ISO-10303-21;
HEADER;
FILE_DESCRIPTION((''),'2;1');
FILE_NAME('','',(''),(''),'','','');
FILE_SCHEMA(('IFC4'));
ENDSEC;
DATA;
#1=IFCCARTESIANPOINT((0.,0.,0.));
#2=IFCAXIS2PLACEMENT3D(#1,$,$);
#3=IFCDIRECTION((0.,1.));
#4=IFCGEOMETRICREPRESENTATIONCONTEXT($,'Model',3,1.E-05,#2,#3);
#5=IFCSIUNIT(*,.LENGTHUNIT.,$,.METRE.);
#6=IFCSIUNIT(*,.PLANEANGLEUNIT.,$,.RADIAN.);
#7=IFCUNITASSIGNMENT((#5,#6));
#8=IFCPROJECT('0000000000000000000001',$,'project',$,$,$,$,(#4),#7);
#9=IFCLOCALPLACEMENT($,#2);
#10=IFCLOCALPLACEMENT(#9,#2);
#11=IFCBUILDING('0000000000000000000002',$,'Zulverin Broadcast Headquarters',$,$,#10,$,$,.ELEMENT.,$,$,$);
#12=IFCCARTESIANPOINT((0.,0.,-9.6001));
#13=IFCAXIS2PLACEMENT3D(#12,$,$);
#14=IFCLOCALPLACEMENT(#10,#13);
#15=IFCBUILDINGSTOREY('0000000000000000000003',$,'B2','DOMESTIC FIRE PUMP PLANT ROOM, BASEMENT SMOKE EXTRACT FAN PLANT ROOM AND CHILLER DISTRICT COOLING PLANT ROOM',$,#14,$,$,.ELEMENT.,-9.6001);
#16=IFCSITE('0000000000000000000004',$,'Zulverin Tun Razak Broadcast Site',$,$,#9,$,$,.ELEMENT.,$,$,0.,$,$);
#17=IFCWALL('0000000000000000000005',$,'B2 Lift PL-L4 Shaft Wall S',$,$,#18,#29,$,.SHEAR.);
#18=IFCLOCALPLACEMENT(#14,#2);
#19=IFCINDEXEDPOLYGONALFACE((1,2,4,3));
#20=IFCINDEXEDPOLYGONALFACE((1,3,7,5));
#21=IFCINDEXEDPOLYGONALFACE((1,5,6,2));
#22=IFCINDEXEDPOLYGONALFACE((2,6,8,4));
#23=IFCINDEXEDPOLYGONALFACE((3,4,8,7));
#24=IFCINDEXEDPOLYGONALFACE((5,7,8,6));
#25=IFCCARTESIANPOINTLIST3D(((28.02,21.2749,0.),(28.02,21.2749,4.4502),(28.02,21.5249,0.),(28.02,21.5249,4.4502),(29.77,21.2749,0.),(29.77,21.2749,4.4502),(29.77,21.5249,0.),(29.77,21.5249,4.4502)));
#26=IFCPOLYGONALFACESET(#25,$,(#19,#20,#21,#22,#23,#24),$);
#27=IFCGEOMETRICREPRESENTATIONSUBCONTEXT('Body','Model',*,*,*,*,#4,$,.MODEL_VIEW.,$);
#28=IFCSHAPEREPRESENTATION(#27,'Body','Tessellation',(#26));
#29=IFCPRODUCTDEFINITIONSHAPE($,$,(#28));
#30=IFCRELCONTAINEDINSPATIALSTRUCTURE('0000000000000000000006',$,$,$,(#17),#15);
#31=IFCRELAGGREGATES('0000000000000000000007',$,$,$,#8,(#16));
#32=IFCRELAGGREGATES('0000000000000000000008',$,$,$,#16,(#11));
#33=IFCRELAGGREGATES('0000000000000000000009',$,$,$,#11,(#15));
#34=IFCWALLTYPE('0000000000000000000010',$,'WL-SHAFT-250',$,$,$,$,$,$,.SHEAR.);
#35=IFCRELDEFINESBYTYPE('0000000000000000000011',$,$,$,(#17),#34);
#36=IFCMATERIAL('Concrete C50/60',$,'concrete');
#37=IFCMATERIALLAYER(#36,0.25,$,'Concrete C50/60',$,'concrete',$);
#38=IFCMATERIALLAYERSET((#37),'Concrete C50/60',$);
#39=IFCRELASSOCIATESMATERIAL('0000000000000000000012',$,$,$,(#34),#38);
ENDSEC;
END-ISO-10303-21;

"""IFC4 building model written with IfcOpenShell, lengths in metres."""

from ifc_helpers import new_model, si_unit, direction, frame, frame_2d, origin, place, context, subcontext, project, spatial, rectangle, extrude, material, layer, layer_set, type_object, element, save


model = new_model("IFC4")

# Units and contexts
model_context = context("Model", 3, precision=1e-05, world=origin(), true_north=direction((0.0, 1.0)))
body_context = subcontext(model_context, "Body", "Model", "MODEL_VIEW")
ifc_project = project(units=[si_unit("LENGTHUNIT", "METRE"), si_unit("PLANEANGLEUNIT", "RADIAN")], contexts=[model_context])

# Site, building, storey
site_placement = place(None, origin())
site = spatial("IfcSite", under=ifc_project, at=site_placement, Name="Zulverin Tun Razak Broadcast Site", CompositionType="ELEMENT", RefElevation=0.0)
building_placement = place(site_placement, origin())
building = spatial("IfcBuilding", under=site, at=building_placement, Name="Zulverin Broadcast Headquarters", CompositionType="ELEMENT")
storey_placement = place(building_placement, frame((0.0, 0.0, -9.6001)))
storey = spatial("IfcBuildingStorey", under=building, at=storey_placement, Name="B2", Description="DOMESTIC FIRE PUMP PLANT ROOM, BASEMENT SMOKE EXTRACT FAN PLANT ROOM AND CHILLER DISTRICT COOLING PLANT ROOM", CompositionType="ELEMENT", Elevation=-9.6001)

# Shared definitions
ifc_material_1 = material(Name="Concrete C50/60", Category="concrete")

# Wall
ifc_layer_1 = layer(ifc_material_1, 0.25, Name="Concrete C50/60", Category="concrete")
ifc_layer_set_1 = layer_set([ifc_layer_1], Name="Concrete C50/60")
wall_type_1 = type_object("IfcWallType", Name="WL-SHAFT-250", PredefinedType="SHEAR", material=ifc_layer_set_1)
for number, where, z_axis, x_axis, name in (
    (1, (28.02, 21.3999, 0.0), (0.0, 0.0, 1.0), (1.0, 0.0, 0.0), "B2 Lift PL-L4 Shaft Wall S"),
):
    element("IfcWall", number, at=place(storey_placement, frame(where, z_axis=z_axis, x_axis=x_axis)), inside=storey, type_object=wall_type_1, Name=name, PredefinedType="SHEAR", context=body_context, shape_type="SweptSolid", body=[
        extrude(rectangle(XDim=1.75, YDim=0.25, at=frame_2d((0.875, 0.0))), origin(), (0.0, 0.0, 1.0), 4.4502),
    ])

save(model, "model.ifc")
